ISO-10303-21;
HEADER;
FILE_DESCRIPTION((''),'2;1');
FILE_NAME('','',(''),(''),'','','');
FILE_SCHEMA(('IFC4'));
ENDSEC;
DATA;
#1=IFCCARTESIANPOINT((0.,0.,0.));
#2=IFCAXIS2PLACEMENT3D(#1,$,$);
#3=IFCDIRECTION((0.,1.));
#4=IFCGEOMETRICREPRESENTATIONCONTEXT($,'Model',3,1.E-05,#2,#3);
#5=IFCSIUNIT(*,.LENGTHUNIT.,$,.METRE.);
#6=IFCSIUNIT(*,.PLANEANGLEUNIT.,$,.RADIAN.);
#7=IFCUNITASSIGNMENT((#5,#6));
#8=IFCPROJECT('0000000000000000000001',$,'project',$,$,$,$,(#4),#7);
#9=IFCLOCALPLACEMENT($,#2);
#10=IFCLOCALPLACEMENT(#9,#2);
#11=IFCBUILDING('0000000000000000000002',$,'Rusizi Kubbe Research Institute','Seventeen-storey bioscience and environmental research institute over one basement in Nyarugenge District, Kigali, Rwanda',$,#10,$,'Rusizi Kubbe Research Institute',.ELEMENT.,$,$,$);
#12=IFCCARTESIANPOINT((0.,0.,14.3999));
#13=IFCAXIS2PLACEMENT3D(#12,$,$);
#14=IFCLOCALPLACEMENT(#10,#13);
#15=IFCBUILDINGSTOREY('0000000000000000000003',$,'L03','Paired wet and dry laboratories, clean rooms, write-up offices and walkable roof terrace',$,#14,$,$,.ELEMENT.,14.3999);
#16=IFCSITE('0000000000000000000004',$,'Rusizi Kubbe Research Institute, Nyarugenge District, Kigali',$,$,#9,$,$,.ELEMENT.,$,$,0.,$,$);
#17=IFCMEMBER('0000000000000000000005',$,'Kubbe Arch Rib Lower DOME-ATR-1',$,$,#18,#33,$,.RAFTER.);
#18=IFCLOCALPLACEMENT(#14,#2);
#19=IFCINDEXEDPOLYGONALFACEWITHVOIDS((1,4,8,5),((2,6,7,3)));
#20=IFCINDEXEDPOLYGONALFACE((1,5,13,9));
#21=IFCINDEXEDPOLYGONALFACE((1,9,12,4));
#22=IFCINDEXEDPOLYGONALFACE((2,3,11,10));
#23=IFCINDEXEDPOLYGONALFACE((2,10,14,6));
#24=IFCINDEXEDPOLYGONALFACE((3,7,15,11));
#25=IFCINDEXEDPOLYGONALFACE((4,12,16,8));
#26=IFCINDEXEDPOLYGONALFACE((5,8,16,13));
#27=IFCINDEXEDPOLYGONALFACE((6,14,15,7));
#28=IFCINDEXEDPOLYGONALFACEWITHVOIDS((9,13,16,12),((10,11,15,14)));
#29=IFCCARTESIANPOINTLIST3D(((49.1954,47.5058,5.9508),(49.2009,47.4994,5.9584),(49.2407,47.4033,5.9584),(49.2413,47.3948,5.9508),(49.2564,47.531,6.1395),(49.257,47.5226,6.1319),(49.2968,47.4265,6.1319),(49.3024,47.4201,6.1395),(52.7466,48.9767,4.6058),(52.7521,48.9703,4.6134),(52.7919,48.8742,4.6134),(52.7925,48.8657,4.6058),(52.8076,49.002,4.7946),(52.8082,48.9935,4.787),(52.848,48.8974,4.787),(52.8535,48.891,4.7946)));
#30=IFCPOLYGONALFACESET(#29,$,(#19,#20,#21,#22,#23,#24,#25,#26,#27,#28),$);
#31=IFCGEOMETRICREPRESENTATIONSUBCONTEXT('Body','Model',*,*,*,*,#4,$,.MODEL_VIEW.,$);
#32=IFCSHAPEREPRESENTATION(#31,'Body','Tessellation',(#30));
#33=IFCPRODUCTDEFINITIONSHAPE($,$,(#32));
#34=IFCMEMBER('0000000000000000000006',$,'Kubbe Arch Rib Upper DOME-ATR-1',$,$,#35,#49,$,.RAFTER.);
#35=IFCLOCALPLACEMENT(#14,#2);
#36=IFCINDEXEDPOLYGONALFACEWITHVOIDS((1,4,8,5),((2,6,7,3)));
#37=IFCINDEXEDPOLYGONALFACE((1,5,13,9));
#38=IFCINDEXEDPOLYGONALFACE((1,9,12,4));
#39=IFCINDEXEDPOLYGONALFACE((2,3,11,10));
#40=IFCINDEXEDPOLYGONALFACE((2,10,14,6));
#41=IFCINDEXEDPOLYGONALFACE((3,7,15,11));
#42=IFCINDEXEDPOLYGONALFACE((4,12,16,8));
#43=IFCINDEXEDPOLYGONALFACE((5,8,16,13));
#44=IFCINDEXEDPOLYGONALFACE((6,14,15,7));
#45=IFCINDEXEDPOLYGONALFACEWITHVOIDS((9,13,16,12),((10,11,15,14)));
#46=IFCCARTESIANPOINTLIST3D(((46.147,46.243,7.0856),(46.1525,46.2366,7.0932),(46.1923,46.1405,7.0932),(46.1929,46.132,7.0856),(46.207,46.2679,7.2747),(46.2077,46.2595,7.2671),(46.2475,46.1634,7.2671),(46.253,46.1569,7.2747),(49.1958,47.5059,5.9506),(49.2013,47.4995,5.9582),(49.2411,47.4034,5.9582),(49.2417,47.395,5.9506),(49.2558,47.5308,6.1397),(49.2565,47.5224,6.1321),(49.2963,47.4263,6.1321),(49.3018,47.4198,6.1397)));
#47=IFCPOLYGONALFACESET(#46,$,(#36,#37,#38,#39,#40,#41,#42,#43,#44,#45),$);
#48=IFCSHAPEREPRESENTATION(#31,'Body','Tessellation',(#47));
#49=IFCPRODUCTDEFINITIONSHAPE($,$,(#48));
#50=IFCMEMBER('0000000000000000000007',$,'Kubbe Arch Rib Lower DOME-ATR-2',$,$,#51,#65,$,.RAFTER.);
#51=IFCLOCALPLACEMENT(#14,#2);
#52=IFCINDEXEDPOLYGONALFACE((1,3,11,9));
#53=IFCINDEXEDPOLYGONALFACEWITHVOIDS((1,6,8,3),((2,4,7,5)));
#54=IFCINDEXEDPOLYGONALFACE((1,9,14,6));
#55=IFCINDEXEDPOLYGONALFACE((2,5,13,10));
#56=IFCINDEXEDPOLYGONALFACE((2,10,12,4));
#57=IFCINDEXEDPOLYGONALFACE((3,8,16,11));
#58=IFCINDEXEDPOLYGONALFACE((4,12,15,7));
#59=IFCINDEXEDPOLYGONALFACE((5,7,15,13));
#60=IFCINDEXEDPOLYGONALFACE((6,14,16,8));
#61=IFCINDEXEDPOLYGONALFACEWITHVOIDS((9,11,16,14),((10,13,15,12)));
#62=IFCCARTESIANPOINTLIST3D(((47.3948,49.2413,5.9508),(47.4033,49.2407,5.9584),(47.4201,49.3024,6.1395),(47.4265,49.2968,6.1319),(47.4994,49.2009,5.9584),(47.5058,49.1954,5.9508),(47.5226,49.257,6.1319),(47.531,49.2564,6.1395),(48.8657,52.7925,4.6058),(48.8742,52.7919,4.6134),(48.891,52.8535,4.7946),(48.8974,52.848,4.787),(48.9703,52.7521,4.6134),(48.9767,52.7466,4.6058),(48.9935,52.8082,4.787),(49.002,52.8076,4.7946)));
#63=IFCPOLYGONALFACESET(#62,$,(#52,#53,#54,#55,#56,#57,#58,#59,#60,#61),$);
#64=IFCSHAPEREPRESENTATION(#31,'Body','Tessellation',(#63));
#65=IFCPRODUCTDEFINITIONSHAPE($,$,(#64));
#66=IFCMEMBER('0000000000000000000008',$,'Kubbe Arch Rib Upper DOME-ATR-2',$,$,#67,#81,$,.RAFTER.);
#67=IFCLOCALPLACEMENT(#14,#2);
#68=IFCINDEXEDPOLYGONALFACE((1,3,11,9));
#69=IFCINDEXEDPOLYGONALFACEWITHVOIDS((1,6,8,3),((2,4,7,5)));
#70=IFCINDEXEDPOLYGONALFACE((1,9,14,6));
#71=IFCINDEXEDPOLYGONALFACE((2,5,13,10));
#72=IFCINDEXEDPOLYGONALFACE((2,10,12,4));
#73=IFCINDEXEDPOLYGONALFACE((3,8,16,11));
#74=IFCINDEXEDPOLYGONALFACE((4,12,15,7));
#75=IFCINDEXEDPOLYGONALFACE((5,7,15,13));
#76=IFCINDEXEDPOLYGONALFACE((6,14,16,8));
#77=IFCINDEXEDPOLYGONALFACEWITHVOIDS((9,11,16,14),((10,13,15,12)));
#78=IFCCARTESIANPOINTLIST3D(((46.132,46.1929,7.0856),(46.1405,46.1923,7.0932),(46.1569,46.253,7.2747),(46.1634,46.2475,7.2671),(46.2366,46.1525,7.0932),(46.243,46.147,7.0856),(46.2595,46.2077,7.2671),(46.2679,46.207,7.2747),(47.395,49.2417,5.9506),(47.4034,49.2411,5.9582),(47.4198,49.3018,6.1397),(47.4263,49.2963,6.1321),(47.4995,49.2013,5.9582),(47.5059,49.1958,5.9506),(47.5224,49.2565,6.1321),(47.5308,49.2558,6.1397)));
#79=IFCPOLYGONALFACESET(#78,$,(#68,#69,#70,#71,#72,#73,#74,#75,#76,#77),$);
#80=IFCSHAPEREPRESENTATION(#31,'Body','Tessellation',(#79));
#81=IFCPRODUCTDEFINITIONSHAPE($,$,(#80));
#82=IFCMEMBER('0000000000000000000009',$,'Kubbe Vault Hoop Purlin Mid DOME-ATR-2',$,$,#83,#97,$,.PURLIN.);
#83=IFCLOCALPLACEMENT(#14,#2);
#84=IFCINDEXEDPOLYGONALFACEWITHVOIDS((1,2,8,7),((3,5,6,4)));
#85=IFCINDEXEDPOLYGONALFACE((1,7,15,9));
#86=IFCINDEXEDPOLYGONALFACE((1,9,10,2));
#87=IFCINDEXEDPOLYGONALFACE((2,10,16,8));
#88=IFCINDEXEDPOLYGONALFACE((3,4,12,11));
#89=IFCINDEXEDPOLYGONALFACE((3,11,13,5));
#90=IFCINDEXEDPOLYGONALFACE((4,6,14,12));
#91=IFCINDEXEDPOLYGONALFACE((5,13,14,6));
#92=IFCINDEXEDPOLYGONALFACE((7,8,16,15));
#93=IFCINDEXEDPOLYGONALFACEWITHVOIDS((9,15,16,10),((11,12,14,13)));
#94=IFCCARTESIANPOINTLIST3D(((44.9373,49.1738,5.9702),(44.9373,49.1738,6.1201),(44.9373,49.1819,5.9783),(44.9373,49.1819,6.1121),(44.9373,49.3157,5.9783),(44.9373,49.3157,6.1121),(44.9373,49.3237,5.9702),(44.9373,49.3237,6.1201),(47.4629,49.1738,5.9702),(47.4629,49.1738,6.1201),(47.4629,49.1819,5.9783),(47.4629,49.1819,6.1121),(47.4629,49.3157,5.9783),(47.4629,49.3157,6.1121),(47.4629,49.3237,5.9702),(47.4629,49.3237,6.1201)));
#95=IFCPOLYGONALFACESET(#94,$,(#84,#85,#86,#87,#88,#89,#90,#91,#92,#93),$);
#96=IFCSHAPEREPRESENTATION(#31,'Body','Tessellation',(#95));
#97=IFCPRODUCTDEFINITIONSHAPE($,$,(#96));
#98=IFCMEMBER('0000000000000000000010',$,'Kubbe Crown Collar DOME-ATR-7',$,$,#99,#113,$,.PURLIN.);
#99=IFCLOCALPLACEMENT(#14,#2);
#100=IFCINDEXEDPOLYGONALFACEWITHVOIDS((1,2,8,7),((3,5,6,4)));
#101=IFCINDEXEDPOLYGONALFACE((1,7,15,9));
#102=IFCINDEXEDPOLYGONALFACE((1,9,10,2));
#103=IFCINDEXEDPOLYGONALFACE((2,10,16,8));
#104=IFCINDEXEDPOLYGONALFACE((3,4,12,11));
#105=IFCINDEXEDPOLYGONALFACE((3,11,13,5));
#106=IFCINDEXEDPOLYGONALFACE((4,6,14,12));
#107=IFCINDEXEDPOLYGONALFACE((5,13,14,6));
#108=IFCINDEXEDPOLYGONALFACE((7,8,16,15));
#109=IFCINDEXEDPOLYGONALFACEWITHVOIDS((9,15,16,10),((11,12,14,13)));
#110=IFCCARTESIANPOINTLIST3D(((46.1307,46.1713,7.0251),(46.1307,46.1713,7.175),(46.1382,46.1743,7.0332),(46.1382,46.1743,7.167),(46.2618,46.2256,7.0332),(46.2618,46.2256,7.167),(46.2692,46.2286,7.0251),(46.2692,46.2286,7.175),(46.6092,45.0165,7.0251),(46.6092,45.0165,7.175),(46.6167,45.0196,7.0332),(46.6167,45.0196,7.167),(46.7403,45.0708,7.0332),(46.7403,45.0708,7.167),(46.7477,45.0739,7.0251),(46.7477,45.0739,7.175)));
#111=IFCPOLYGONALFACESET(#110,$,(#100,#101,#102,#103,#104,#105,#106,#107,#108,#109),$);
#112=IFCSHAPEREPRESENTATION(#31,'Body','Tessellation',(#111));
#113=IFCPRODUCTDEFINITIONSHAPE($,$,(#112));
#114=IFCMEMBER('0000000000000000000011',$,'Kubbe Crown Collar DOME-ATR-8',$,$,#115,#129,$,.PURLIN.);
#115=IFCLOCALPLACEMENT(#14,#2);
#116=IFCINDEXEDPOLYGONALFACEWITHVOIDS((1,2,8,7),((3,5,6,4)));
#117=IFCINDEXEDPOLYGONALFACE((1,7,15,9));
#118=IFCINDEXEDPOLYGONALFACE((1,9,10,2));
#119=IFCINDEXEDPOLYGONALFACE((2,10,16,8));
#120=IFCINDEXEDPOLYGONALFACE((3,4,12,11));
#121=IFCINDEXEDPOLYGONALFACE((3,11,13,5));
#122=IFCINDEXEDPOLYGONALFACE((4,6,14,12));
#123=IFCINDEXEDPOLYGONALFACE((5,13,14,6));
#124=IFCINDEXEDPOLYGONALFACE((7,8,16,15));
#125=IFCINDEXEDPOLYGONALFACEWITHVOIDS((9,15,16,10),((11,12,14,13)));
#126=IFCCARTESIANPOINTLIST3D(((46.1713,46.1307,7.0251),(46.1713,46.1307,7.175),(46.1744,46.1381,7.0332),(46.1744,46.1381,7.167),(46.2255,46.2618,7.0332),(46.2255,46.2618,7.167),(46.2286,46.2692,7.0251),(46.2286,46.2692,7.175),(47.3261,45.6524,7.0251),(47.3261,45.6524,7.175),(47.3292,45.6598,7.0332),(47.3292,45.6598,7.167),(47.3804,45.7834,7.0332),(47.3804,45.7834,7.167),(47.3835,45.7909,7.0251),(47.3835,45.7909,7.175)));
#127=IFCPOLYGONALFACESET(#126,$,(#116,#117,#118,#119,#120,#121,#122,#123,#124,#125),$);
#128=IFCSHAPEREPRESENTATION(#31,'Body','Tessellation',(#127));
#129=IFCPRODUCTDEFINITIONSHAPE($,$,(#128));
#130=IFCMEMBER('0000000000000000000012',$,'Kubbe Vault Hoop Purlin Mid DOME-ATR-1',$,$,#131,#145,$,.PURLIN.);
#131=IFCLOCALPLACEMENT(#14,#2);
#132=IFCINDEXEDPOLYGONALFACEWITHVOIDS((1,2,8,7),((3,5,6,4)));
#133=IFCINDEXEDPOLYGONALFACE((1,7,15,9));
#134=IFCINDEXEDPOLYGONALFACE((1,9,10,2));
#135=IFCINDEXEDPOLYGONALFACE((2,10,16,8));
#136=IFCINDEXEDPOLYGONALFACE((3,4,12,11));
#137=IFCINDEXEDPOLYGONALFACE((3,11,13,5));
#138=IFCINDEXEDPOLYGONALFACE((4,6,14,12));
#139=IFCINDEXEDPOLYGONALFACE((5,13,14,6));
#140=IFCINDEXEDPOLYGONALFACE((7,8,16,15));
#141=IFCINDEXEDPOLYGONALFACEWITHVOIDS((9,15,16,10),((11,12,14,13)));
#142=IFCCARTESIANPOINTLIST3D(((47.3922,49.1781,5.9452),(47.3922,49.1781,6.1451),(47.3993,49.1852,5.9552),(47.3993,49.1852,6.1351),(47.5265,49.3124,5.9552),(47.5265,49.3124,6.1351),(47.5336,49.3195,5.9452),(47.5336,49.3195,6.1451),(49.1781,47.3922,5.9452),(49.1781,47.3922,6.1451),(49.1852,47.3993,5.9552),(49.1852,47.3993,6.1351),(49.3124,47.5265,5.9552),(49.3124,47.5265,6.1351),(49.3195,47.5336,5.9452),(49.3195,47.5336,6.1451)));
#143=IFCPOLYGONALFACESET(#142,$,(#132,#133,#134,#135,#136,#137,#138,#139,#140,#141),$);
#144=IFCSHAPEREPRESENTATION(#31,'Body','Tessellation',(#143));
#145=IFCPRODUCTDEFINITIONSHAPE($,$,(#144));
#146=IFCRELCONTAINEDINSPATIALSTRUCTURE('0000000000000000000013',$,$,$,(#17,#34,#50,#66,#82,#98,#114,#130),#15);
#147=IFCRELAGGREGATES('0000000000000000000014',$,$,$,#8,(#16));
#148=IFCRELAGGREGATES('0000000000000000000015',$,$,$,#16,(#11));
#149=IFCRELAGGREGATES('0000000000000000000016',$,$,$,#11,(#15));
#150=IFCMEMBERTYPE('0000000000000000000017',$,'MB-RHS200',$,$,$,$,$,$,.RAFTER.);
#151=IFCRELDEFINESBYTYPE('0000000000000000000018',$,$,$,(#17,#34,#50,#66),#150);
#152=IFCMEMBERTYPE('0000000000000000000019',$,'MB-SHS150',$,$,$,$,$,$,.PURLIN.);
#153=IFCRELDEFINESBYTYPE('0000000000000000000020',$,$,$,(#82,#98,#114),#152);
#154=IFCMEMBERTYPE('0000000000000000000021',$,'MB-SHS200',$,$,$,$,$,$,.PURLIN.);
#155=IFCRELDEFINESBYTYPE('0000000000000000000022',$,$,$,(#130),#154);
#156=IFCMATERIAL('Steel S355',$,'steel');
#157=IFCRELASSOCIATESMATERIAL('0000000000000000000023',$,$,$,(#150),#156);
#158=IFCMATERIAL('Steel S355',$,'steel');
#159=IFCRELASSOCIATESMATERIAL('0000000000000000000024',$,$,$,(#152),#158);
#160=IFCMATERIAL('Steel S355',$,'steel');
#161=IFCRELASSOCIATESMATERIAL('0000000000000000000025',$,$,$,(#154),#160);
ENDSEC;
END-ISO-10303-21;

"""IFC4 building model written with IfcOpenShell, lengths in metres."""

from ifc_helpers import new_model, si_unit, direction, frame, origin, origin_2d, place, context, subcontext, project, spatial, hollow_rectangle, extrude, material, material_profile, profile_set, type_object, element, save


model = new_model("IFC4")

# Units and contexts
model_context = context("Model", 3, precision=1e-05, world=origin(), true_north=direction((0.0, 1.0)))
body_context = subcontext(model_context, "Body", "Model", "MODEL_VIEW")
ifc_project = project(units=[si_unit("LENGTHUNIT", "METRE"), si_unit("PLANEANGLEUNIT", "RADIAN")], contexts=[model_context])

# Site, building, storey
site_placement = place(None, origin())
site = spatial("IfcSite", under=ifc_project, at=site_placement, Name="Rusizi Kubbe Research Institute, Nyarugenge District, Kigali", CompositionType="ELEMENT", RefElevation=0.0)
building_placement = place(site_placement, origin())
building = spatial("IfcBuilding", under=site, at=building_placement, Name="Rusizi Kubbe Research Institute", Description="Seventeen-storey bioscience and environmental research institute over one basement in Nyarugenge District, Kigali, Rwanda", LongName="Rusizi Kubbe Research Institute", CompositionType="ELEMENT")
storey_placement = place(building_placement, frame((0.0, 0.0, 14.3999)))
storey = spatial("IfcBuildingStorey", under=building, at=storey_placement, Name="L03", Description="Paired wet and dry laboratories, clean rooms, write-up offices and walkable roof terrace", CompositionType="ELEMENT", Elevation=14.3999)

# Members
ifc_material_1 = material(Name="Steel S355", Category="steel")
ifc_material_profile_1 = material_profile(ifc_material_1, hollow_rectangle(XDim=0.1201, YDim=0.2, WallThickness=0.0081, at=origin_2d()), Name="RHS 200x120x8.0")
ifc_profile_set_1 = profile_set([ifc_material_profile_1], Name="Steel S355")
member_type_1 = type_object("IfcMemberType", Name="MB-RHS200", PredefinedType="RAFTER", material=ifc_profile_set_1)
member_1_placement = place(storey_placement, frame((52.8, 48.9338, 4.7002), z_axis=(-0.872041, -0.361202, 0.330268), x_axis=(0.382675, -0.923883, 0.0)))
element("IfcMember", 1, at=member_1_placement, inside=storey, type_object=member_type_1, Name="Kubbe Arch Rib Lower DOME-ATR-1", PredefinedType="RAFTER", context=body_context, shape_type="SweptSolid", body=[
    extrude(hollow_rectangle(XDim=0.1201, YDim=0.2, WallThickness=0.0081, at=origin_2d()), origin(), (0.0, 0.0, 1.0), 4.0723),
])
member_2_placement = place(storey_placement, frame((49.2488, 47.4629, 6.0452), z_axis=(-0.873643, -0.361896, 0.325238), x_axis=(0.382702, -0.923872, 0.0)))
element("IfcMember", 2, at=member_2_placement, inside=storey, type_object=member_type_1, Name="Kubbe Arch Rib Upper DOME-ATR-1", PredefinedType="RAFTER", context=body_context, shape_type="SweptSolid", body=[
    extrude(hollow_rectangle(XDim=0.1201, YDim=0.2, WallThickness=0.0081, at=origin_2d()), origin(), (0.0, 0.0, 1.0), 3.4897),
])
member_3_placement = place(storey_placement, frame((48.9338, 52.8, 4.7002), z_axis=(-0.361202, -0.872041, 0.330268), x_axis=(0.923883, -0.382675, 0.0)))
element("IfcMember", 3, at=member_3_placement, inside=storey, type_object=member_type_1, Name="Kubbe Arch Rib Lower DOME-ATR-2", PredefinedType="RAFTER", context=body_context, shape_type="SweptSolid", body=[
    extrude(hollow_rectangle(XDim=0.1201, YDim=0.2, WallThickness=0.0081, at=origin_2d()), origin(), (0.0, 0.0, 1.0), 4.0723),
])
member_4_placement = place(storey_placement, frame((47.4629, 49.2488, 6.0452), z_axis=(-0.361896, -0.873643, 0.325238), x_axis=(0.923872, -0.382702, 0.0)))
element("IfcMember", 4, at=member_4_placement, inside=storey, type_object=member_type_1, Name="Kubbe Arch Rib Upper DOME-ATR-2", PredefinedType="RAFTER", context=body_context, shape_type="SweptSolid", body=[
    extrude(hollow_rectangle(XDim=0.1201, YDim=0.2, WallThickness=0.0081, at=origin_2d()), origin(), (0.0, 0.0, 1.0), 3.4897),
])
ifc_material_2 = material(Name="Steel S355", Category="steel")
ifc_material_profile_2 = material_profile(ifc_material_2, hollow_rectangle(XDim=0.1499, YDim=0.1499, WallThickness=0.0081, at=origin_2d()), Name="SHS 150x150x8.0")
ifc_profile_set_2 = profile_set([ifc_material_profile_2], Name="Steel S355")
member_type_2 = type_object("IfcMemberType", Name="MB-SHS150", PredefinedType="PURLIN", material=ifc_profile_set_2)
member_5_placement = place(storey_placement, frame((47.4629, 49.2488, 6.0452), z_axis=(-1.0, 0.0, 0.0), x_axis=(0.0, -1.0, 0.0)))
element("IfcMember", 5, at=member_5_placement, inside=storey, type_object=member_type_2, Name="Kubbe Vault Hoop Purlin Mid DOME-ATR-2", PredefinedType="PURLIN", context=body_context, shape_type="SweptSolid", body=[
    extrude(hollow_rectangle(XDim=0.1499, YDim=0.1499, WallThickness=0.0081, at=origin_2d()), origin(), (0.0, 0.0, 1.0), 2.5256),
])
for number, where, z_axis, x_axis, name in (
    (6, (46.2, 46.2, 7.1001), (0.382812, -0.923826, 0.0), (0.923826, 0.382812, 0.0), "Kubbe Crown Collar DOME-ATR-7"),
    (7, (46.2, 46.2, 7.1001), (0.923895, -0.382645, 0.0), (0.382645, 0.923895, 0.0), "Kubbe Crown Collar DOME-ATR-8"),
):
    element("IfcMember", number, at=place(storey_placement, frame(where, z_axis=z_axis, x_axis=x_axis)), inside=storey, type_object=member_type_2, Name=name, PredefinedType="PURLIN", context=body_context, shape_type="SweptSolid", body=[
        extrude(hollow_rectangle(XDim=0.1499, YDim=0.1499, WallThickness=0.0081, at=origin_2d()), origin(), (0.0, 0.0, 1.0), 1.25),
    ])
ifc_material_3 = material(Name="Steel S355", Category="steel")
ifc_material_profile_3 = material_profile(ifc_material_3, hollow_rectangle(XDim=0.2, YDim=0.2, WallThickness=0.01, at=origin_2d()), Name="SHS 200x200x10.0")
ifc_profile_set_3 = profile_set([ifc_material_profile_3], Name="Steel S355")
member_type_3 = type_object("IfcMemberType", Name="MB-SHS200", PredefinedType="PURLIN", material=ifc_profile_set_3)
member_6_placement = place(storey_placement, frame((49.2488, 47.4629, 6.0452), z_axis=(-0.707107, 0.707107, 0.0), x_axis=(-0.707107, -0.707107, 0.0)))
element("IfcMember", 8, at=member_6_placement, inside=storey, type_object=member_type_3, Name="Kubbe Vault Hoop Purlin Mid DOME-ATR-1", PredefinedType="PURLIN", context=body_context, shape_type="SweptSolid", body=[
    extrude(hollow_rectangle(XDim=0.2, YDim=0.2, WallThickness=0.01, at=origin_2d()), origin(), (0.0, 0.0, 1.0), 2.5256),
])

save(model, "model.ifc")
